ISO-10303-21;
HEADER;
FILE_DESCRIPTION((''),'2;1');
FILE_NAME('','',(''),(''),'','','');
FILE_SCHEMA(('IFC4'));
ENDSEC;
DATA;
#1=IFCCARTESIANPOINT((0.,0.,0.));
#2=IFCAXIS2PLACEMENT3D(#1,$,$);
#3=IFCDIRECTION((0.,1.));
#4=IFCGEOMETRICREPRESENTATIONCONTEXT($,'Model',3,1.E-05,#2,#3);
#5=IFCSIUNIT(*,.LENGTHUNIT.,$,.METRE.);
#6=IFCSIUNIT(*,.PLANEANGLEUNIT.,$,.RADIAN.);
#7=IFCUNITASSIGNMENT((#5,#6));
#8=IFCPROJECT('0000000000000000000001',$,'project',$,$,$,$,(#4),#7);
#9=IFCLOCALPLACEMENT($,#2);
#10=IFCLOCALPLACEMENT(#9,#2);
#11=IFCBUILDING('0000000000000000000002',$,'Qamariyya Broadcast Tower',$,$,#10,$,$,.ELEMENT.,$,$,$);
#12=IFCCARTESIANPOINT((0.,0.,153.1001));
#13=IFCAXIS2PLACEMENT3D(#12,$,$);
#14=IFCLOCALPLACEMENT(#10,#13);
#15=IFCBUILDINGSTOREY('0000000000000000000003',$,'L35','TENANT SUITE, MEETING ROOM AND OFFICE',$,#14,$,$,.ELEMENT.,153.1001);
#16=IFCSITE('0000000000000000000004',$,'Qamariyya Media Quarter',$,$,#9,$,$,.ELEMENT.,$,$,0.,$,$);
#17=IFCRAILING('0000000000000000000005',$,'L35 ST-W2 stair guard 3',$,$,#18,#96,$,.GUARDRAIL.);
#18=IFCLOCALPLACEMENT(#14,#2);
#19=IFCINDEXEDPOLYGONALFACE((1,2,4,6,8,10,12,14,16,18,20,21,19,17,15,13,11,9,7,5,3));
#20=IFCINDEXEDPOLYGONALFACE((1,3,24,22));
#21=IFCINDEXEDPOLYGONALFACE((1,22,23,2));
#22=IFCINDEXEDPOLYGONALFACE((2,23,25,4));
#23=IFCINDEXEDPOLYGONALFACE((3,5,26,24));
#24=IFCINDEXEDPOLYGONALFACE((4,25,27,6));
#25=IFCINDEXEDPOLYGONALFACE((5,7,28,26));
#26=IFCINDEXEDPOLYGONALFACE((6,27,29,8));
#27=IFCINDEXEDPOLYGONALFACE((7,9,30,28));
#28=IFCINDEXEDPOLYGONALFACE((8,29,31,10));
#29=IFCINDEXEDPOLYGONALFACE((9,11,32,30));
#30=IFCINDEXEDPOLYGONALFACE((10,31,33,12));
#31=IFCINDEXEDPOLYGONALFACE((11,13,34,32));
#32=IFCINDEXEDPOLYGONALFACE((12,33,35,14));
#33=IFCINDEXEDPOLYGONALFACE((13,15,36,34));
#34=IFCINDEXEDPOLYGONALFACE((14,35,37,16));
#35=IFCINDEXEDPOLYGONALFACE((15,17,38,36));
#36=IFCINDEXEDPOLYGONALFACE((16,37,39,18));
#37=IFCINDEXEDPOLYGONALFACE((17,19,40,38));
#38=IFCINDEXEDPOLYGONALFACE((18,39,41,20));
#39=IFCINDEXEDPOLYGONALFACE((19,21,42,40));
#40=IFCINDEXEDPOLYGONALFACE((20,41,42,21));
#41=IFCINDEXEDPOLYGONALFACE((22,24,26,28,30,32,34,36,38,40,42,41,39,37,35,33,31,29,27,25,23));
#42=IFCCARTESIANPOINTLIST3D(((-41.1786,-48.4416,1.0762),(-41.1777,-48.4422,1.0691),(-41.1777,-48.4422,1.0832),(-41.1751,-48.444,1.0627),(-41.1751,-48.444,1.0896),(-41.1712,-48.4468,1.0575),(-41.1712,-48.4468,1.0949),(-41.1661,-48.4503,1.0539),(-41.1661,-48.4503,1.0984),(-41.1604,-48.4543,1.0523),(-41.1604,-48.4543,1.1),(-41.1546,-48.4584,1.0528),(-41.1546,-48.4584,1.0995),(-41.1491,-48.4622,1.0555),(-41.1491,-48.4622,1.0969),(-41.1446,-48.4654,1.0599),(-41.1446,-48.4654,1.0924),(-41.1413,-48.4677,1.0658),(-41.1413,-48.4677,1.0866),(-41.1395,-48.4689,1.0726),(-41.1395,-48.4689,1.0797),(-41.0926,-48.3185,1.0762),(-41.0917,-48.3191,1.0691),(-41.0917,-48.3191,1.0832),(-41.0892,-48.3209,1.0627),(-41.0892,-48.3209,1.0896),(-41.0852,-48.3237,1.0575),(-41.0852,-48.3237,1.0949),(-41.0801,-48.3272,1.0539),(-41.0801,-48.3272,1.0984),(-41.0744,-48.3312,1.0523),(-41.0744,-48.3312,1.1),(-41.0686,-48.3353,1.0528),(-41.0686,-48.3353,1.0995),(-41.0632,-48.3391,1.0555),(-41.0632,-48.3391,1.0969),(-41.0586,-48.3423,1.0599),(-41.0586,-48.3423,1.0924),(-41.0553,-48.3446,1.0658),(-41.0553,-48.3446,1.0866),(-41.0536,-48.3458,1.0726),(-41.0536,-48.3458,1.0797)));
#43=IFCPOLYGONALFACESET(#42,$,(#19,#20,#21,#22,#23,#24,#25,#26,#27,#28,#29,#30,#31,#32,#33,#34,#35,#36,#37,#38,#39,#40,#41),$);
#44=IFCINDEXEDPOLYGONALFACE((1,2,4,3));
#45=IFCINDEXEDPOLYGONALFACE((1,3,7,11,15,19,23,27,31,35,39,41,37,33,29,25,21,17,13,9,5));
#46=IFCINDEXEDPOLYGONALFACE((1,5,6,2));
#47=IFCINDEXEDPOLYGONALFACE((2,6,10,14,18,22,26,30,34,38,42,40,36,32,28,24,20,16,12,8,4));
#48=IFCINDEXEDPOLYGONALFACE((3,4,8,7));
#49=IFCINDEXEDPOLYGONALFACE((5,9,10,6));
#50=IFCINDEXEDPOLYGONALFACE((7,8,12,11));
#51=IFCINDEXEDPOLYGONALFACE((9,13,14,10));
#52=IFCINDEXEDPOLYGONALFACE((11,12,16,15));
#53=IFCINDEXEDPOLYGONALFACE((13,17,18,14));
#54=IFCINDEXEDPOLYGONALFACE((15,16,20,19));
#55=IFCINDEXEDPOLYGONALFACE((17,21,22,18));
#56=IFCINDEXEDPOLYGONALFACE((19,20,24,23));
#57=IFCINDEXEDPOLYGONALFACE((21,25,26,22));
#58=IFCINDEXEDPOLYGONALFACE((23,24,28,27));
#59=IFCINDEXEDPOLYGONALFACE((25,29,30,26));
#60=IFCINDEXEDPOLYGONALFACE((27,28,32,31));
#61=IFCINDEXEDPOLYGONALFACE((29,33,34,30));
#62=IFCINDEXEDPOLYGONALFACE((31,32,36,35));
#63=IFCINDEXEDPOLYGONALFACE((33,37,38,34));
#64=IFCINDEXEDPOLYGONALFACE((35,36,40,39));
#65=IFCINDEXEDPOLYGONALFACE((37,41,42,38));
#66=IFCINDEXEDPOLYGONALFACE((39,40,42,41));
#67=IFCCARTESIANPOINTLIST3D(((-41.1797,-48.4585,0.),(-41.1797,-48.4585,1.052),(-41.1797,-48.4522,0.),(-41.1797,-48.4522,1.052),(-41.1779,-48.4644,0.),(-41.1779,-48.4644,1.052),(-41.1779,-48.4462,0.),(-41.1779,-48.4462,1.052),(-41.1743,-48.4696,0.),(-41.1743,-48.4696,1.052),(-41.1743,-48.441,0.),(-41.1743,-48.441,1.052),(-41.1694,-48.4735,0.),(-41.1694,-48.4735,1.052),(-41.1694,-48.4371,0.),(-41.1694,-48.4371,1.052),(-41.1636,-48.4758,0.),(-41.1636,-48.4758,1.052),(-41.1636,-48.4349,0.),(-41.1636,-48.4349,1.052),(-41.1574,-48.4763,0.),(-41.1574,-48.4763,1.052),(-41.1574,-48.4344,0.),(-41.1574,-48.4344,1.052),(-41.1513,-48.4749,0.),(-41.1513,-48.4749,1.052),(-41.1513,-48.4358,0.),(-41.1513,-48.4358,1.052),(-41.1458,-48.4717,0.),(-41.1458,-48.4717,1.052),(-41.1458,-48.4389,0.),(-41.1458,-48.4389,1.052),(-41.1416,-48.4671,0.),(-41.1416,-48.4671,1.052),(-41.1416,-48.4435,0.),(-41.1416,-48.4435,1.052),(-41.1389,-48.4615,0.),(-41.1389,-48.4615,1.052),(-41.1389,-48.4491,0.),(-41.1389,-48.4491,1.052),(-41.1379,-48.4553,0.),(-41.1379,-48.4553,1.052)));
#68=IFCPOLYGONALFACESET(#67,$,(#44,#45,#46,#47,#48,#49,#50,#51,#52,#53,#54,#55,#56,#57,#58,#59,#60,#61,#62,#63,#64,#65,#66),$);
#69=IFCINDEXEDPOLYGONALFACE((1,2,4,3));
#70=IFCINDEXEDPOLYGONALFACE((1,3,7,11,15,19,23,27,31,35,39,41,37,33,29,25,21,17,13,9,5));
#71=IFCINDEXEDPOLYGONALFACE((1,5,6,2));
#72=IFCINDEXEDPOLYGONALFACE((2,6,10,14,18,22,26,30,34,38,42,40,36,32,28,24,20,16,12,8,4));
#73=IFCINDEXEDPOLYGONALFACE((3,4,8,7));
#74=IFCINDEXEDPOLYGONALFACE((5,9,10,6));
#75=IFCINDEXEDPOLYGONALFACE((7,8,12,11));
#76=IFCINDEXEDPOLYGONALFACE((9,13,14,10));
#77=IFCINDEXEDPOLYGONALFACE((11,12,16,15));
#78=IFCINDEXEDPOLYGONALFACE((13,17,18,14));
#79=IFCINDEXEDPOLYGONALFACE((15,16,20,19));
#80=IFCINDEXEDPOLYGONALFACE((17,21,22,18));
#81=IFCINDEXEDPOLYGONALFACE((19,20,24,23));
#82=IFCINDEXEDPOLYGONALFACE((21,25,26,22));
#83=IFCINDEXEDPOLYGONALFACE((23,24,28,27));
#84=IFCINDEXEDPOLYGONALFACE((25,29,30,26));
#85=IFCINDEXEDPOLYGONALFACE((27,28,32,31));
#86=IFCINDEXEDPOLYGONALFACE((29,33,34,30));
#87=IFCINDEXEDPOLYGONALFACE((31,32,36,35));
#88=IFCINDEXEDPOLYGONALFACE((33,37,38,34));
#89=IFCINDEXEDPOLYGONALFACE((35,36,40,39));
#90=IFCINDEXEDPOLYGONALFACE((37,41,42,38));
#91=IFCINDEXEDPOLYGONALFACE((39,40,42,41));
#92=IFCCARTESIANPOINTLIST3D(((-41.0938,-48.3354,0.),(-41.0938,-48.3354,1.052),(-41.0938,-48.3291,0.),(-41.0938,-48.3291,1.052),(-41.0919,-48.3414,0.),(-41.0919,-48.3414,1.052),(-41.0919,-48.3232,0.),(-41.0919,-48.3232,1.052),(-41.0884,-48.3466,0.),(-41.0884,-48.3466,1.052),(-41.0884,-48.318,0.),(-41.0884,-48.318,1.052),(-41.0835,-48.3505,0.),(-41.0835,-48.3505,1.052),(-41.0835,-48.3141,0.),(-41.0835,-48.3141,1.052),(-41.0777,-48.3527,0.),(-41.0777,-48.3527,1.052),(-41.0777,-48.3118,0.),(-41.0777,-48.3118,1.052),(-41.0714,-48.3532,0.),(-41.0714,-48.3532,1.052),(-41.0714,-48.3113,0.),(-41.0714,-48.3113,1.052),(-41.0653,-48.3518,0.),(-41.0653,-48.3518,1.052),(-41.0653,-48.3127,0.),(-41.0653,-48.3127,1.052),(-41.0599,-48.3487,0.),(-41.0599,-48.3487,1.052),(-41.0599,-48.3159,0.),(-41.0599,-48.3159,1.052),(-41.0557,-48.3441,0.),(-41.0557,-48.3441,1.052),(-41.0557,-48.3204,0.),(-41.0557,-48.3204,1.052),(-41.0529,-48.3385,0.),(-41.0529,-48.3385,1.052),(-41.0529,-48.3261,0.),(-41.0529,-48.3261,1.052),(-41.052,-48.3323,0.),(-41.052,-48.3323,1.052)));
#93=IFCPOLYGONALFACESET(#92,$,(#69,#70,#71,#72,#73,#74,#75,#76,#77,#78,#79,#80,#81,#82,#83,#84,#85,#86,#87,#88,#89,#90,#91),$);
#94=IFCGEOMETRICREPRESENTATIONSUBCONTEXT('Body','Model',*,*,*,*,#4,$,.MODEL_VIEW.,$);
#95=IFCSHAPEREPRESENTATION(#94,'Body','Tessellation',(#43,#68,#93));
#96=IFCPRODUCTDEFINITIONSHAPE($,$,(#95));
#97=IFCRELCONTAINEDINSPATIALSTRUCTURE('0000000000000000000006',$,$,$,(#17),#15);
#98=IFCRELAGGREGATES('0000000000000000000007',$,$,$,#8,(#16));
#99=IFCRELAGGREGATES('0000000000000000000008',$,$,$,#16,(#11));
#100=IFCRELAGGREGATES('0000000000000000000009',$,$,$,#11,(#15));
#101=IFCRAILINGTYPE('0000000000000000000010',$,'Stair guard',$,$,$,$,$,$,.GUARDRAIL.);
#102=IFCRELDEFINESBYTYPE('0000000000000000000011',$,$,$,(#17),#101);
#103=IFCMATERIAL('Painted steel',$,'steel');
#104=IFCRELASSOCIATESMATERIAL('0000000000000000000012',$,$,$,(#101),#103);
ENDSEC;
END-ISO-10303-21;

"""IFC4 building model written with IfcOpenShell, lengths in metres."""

from ifc_helpers import new_model, si_unit, direction, frame, origin, origin_2d, place, context, subcontext, project, spatial, circle, extrude, material, type_object, element, save


model = new_model("IFC4")

# Units and contexts
model_context = context("Model", 3, precision=1e-05, world=origin(), true_north=direction((0.0, 1.0)))
body_context = subcontext(model_context, "Body", "Model", "MODEL_VIEW")
ifc_project = project(units=[si_unit("LENGTHUNIT", "METRE"), si_unit("PLANEANGLEUNIT", "RADIAN")], contexts=[model_context])

# Site, building, storey
site_placement = place(None, origin())
site = spatial("IfcSite", under=ifc_project, at=site_placement, Name="Qamariyya Media Quarter", CompositionType="ELEMENT", RefElevation=0.0)
building_placement = place(site_placement, origin())
building = spatial("IfcBuilding", under=site, at=building_placement, Name="Qamariyya Broadcast Tower", CompositionType="ELEMENT")
storey_placement = place(building_placement, frame((0.0, 0.0, 153.1001)))
storey = spatial("IfcBuildingStorey", under=building, at=storey_placement, Name="L35", Description="TENANT SUITE, MEETING ROOM AND OFFICE", CompositionType="ELEMENT", Elevation=153.1001)

# Railing
ifc_material_1 = material(Name="Painted steel", Category="steel")
railing_type_1 = type_object("IfcRailingType", Name="Stair guard", PredefinedType="GUARDRAIL", material=ifc_material_1)
railing_1_placement = place(storey_placement, frame((-41.1589, -48.4553, 0.0)))
element("IfcRailing", 1, at=railing_1_placement, inside=storey, type_object=railing_type_1, Name="L35 ST-W2 stair guard 3", PredefinedType="GUARDRAIL", context=body_context, shape_type="SweptSolid", body=[
    extrude(circle(Radius=0.0239, at=origin_2d()), frame((0.0, 0.0, 1.0762), z_axis=(0.572589, 0.819843, 0.0), x_axis=(-0.819843, 0.572589, 0.0)), (0.0, 0.0, 1.0), 0.1501),
    extrude(circle(Radius=0.021, at=origin_2d()), origin(), (0.0, 0.0, 1.0), 1.052),
    extrude(circle(Radius=0.021, at=origin_2d()), frame((0.0859, 0.123, 0.0)), (0.0, 0.0, 1.0), 1.052),
])

save(model, "model.ifc")
